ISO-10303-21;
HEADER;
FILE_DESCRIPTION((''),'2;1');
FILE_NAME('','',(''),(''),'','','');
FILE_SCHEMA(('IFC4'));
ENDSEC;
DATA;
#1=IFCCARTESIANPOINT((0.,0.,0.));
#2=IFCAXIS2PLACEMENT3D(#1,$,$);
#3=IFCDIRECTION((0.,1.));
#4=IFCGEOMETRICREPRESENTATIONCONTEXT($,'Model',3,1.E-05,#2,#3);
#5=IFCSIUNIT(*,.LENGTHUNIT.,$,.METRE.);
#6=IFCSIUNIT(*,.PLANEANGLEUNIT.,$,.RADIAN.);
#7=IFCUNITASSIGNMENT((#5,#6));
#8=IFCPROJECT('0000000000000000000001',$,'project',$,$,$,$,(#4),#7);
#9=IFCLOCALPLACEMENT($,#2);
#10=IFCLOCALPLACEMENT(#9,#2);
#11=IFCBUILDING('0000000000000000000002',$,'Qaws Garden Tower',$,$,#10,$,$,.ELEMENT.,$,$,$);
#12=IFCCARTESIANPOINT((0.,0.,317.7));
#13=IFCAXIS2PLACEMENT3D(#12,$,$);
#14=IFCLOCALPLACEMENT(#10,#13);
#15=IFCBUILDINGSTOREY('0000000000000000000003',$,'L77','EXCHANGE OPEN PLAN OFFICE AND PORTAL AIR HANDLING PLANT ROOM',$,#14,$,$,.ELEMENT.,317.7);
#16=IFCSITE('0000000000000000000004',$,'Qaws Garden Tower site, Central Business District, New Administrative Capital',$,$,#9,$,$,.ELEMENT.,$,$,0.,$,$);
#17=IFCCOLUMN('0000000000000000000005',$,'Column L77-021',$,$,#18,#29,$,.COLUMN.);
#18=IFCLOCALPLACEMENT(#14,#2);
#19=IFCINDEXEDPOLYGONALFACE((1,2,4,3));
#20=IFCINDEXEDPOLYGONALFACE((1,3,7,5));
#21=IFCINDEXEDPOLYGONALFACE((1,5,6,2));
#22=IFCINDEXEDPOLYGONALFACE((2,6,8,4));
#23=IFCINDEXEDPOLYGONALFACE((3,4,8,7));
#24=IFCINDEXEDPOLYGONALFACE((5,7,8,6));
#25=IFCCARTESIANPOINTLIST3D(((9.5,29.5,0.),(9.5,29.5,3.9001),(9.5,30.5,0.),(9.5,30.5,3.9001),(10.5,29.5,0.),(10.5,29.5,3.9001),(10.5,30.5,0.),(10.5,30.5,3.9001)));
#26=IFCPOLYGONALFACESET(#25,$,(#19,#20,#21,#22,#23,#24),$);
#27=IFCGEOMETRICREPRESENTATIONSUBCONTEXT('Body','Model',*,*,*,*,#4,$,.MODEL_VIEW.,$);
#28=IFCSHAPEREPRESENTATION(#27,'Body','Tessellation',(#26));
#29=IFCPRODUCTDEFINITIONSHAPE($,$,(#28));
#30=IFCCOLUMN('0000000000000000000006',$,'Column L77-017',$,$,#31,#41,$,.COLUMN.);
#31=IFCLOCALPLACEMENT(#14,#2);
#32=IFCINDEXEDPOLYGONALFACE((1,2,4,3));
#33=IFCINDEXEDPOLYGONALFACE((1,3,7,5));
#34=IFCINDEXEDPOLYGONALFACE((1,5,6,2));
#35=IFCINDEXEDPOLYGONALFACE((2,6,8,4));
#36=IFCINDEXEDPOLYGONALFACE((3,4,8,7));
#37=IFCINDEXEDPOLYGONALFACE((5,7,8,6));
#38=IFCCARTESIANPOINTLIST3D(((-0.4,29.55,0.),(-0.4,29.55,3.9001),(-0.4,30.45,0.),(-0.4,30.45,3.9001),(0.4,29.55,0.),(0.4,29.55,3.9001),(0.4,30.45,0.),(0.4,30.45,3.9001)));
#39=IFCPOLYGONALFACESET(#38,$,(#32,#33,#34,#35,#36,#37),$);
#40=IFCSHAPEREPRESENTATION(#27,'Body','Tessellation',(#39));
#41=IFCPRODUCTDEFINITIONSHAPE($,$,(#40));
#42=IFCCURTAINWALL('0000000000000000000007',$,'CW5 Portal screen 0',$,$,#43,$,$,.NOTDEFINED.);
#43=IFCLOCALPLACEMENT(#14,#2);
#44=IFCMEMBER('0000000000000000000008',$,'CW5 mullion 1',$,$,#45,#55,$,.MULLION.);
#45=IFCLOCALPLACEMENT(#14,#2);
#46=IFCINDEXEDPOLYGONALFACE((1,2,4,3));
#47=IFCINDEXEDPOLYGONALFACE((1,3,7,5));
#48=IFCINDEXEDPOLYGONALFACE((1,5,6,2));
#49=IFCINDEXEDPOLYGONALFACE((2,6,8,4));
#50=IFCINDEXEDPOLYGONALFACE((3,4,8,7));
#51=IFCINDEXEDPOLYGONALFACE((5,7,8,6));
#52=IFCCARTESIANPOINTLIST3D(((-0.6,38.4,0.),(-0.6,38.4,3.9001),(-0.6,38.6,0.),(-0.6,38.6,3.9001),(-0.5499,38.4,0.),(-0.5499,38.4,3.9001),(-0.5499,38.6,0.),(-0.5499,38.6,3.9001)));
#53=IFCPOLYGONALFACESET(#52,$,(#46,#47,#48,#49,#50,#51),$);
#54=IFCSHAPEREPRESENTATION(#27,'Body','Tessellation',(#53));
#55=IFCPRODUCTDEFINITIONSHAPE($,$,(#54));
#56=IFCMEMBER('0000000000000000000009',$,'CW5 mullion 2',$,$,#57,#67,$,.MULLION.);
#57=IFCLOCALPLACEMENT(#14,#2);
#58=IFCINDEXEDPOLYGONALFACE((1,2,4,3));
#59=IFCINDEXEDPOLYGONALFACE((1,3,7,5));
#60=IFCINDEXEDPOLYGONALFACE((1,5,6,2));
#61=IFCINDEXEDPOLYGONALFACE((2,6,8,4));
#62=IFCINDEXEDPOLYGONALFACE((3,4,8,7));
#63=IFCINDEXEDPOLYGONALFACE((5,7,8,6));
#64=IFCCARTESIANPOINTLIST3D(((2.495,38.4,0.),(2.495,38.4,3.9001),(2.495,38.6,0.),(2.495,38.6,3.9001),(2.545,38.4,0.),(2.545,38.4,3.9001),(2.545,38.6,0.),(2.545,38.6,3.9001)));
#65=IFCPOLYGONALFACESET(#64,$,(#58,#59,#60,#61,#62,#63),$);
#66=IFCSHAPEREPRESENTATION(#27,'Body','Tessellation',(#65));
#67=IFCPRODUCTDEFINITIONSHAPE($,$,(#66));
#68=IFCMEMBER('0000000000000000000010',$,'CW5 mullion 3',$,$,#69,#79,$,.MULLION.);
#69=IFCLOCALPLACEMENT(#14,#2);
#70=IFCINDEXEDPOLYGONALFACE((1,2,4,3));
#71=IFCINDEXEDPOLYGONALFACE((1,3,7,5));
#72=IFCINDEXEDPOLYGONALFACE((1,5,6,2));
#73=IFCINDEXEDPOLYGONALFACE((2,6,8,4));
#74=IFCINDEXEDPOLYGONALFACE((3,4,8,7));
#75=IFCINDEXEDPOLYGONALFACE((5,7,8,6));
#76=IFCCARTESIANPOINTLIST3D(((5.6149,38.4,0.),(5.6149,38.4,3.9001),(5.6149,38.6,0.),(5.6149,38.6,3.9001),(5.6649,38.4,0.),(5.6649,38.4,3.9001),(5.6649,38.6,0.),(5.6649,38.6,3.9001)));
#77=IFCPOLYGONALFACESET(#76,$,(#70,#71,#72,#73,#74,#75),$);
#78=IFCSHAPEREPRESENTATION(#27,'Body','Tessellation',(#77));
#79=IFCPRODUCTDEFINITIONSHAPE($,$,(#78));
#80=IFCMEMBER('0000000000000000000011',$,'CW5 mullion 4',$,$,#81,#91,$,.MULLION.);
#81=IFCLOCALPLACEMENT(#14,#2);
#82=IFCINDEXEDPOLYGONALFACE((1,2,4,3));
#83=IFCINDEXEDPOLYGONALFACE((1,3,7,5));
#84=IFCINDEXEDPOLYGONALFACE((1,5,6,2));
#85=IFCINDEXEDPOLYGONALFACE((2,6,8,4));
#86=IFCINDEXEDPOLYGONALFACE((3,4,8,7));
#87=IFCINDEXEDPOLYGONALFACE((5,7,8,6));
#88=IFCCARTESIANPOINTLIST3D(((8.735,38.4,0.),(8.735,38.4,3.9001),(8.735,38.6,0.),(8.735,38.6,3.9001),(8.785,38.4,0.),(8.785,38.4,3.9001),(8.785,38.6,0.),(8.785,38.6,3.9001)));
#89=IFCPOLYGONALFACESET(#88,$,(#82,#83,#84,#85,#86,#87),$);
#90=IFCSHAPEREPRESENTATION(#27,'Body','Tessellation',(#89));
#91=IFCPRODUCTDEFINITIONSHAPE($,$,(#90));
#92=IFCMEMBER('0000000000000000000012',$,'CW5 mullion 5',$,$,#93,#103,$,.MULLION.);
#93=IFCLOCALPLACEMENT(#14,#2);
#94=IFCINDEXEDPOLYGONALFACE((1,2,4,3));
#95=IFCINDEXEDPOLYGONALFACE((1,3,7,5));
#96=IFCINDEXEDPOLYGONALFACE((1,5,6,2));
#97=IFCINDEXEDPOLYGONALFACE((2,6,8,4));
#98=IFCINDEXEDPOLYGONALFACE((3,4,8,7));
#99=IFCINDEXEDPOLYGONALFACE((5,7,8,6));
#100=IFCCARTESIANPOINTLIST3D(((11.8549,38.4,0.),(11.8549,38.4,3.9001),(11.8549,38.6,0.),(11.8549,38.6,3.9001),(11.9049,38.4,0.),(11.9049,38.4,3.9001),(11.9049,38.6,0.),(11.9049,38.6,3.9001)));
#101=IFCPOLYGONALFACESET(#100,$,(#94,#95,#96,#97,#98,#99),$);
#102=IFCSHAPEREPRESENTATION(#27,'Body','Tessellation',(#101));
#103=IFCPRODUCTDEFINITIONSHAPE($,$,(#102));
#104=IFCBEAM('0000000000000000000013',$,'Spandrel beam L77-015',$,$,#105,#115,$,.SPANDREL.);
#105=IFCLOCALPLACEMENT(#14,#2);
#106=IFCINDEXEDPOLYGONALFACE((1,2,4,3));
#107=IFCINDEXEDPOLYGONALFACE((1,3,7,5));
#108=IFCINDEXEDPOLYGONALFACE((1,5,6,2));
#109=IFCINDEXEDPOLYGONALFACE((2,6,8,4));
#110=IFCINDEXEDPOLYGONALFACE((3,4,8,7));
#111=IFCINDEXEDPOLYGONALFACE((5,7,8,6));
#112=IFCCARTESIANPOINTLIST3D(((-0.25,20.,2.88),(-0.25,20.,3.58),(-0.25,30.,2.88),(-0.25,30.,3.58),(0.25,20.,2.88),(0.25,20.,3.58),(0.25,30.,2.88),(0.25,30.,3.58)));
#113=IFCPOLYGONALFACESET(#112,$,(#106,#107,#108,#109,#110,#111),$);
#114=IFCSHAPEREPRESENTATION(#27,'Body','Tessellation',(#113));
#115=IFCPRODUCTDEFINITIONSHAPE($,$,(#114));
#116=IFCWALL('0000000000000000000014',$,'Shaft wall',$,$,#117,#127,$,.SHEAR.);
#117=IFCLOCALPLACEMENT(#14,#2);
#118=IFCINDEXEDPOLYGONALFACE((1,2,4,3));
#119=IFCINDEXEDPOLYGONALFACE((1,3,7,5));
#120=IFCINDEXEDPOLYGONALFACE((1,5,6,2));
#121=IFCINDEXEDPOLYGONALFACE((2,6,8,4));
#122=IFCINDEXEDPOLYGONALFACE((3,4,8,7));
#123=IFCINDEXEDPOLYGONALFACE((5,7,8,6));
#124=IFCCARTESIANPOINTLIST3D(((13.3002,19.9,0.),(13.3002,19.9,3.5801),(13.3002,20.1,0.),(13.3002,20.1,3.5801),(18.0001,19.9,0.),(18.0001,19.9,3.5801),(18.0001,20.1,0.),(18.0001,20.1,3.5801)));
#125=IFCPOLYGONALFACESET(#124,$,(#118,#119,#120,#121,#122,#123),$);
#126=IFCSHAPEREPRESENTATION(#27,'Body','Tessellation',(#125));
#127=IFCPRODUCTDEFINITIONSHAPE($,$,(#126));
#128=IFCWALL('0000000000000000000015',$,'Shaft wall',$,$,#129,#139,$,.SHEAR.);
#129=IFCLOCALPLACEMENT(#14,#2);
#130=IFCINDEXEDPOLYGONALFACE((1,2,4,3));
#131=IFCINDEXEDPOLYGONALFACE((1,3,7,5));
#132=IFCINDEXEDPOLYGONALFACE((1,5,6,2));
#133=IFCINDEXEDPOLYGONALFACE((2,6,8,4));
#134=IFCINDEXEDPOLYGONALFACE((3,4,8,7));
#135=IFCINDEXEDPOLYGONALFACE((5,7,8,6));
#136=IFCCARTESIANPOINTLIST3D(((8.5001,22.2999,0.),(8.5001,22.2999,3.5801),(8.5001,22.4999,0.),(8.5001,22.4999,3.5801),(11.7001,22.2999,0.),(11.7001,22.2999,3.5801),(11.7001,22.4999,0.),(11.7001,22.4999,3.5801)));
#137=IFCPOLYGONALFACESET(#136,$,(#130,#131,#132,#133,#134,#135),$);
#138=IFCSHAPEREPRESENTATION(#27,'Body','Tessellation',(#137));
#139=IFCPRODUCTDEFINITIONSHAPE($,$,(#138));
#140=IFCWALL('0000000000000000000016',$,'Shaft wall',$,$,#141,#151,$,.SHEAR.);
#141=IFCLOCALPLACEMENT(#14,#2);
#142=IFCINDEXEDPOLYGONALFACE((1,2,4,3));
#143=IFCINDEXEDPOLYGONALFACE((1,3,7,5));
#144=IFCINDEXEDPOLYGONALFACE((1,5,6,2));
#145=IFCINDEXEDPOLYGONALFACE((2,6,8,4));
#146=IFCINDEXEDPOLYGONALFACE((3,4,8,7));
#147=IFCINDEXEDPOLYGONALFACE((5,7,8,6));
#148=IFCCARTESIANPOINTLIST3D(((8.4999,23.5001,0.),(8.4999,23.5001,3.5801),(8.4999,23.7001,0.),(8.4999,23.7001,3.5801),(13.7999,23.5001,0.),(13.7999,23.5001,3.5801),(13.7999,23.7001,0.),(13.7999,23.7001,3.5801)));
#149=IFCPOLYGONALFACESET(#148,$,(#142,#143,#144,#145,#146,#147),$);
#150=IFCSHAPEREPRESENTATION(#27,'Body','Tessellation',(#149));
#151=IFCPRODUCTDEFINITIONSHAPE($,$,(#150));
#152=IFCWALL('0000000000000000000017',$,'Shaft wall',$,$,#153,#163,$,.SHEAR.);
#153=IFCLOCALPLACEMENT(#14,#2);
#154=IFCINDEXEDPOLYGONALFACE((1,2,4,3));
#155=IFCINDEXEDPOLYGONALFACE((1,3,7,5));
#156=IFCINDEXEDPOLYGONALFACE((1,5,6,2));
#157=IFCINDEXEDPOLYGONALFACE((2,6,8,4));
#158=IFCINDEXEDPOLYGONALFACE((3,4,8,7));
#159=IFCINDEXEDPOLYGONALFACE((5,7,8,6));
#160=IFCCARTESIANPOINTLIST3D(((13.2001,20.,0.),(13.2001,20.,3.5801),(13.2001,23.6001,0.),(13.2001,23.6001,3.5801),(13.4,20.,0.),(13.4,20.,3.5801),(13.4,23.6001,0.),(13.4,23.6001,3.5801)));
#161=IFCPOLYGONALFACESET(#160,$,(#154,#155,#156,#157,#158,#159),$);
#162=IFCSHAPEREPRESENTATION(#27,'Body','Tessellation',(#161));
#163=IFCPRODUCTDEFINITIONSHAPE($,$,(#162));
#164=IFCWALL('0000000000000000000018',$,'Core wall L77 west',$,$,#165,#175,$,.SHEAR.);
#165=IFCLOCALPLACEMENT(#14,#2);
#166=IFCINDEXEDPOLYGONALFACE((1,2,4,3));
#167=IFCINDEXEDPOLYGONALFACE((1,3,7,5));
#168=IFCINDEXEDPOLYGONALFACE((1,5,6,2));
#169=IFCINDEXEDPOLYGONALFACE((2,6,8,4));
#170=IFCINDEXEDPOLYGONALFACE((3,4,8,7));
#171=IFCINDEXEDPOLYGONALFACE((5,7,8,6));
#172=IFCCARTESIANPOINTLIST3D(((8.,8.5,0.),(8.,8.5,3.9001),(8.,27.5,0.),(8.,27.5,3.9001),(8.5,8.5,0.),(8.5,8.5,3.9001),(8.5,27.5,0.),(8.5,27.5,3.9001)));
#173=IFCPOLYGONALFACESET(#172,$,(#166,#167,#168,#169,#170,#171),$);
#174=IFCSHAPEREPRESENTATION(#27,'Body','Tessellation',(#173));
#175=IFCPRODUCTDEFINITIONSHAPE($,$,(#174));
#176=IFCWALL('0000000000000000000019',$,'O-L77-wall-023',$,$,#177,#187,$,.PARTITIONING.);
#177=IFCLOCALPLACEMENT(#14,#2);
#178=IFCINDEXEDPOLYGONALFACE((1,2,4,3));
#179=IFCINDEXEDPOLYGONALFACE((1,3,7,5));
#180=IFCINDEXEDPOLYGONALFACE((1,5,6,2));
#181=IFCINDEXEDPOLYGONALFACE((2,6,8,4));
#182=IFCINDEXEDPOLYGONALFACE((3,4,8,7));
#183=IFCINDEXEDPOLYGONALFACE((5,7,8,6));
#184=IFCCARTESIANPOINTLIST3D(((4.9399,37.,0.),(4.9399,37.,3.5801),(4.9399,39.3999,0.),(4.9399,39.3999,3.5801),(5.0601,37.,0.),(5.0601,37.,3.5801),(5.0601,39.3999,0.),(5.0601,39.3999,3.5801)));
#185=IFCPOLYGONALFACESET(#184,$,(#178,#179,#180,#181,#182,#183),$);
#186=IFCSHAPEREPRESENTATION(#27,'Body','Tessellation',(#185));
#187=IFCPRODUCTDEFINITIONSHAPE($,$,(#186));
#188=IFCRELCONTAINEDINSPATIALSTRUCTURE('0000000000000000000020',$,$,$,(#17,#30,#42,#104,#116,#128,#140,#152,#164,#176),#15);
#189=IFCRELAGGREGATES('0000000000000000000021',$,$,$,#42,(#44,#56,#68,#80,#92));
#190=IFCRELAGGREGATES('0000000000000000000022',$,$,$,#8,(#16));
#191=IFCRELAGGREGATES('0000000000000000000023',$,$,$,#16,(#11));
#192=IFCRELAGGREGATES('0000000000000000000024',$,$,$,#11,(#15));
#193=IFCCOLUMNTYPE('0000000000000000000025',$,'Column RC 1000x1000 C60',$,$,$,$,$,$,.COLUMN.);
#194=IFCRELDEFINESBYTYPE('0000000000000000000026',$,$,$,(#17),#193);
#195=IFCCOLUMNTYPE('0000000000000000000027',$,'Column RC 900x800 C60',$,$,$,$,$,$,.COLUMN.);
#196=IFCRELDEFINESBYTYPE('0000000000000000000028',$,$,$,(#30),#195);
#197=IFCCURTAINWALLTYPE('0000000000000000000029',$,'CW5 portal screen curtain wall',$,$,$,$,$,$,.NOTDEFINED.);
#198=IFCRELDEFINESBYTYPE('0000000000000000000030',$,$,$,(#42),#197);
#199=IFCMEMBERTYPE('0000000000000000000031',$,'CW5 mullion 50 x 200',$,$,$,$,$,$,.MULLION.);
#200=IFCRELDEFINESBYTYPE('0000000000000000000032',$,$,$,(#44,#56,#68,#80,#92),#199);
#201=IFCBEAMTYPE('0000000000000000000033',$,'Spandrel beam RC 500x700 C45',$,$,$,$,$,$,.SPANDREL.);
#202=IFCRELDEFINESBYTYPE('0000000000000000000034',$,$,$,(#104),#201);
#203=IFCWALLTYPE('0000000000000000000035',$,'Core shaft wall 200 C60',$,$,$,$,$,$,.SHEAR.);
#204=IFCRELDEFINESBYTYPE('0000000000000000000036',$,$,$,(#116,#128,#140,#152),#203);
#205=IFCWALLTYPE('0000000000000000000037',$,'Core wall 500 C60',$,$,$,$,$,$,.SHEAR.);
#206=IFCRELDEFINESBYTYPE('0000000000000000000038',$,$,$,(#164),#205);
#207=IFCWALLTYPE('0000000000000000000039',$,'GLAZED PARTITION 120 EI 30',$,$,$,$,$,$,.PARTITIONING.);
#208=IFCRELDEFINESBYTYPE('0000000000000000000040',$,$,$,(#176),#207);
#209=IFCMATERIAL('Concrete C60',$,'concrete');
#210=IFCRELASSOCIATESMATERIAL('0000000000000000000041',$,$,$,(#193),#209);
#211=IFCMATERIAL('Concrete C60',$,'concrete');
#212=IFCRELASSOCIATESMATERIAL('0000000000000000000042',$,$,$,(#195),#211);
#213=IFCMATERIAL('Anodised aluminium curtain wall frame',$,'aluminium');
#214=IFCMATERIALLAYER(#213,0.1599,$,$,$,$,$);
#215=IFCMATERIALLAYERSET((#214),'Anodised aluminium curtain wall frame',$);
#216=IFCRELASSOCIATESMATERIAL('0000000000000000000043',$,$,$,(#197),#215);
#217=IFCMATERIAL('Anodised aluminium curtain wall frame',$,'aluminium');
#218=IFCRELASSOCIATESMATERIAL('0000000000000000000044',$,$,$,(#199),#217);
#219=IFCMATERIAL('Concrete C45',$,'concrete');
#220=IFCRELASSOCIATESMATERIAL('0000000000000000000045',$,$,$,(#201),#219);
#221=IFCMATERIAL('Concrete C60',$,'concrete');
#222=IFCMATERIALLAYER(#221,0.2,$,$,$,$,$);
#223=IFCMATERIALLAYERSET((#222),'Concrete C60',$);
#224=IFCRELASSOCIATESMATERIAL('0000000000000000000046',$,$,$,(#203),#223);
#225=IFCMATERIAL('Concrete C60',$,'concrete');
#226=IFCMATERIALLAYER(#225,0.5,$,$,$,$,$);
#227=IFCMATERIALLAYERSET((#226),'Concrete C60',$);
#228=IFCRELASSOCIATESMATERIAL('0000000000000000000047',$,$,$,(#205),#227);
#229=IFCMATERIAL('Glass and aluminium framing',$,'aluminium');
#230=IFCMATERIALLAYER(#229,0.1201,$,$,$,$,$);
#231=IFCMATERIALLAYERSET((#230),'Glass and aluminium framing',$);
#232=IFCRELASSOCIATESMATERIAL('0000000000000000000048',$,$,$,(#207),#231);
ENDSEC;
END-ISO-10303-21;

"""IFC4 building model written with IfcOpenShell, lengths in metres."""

from ifc_helpers import new_model, si_unit, direction, frame, frame_2d, origin, origin_2d, place, context, subcontext, project, spatial, rectangle, extrude, material, layer, layer_set, material_profile, profile_set, type_object, element, aggregate, save


model = new_model("IFC4")

# Units and contexts
model_context = context("Model", 3, precision=1e-05, world=origin(), true_north=direction((0.0, 1.0)))
body_context = subcontext(model_context, "Body", "Model", "MODEL_VIEW")
ifc_project = project(units=[si_unit("LENGTHUNIT", "METRE"), si_unit("PLANEANGLEUNIT", "RADIAN")], contexts=[model_context])

# Site, building, storey
site_placement = place(None, origin())
site = spatial("IfcSite", under=ifc_project, at=site_placement, Name="Qaws Garden Tower site, Central Business District, New Administrative Capital", CompositionType="ELEMENT", RefElevation=0.0)
building_placement = place(site_placement, origin())
building = spatial("IfcBuilding", under=site, at=building_placement, Name="Qaws Garden Tower", CompositionType="ELEMENT")
storey_placement = place(building_placement, frame((0.0, 0.0, 317.7)))
storey = spatial("IfcBuildingStorey", under=building, at=storey_placement, Name="L77", Description="EXCHANGE OPEN PLAN OFFICE AND PORTAL AIR HANDLING PLANT ROOM", CompositionType="ELEMENT", Elevation=317.7)

# Columns
ifc_material_1 = material(Name="Concrete C60", Category="concrete")
ifc_material_profile_1 = material_profile(ifc_material_1, rectangle(XDim=1.0, YDim=1.0, at=origin_2d()), Name="RC 1000x1000")
ifc_profile_set_1 = profile_set([ifc_material_profile_1], Name="Concrete C60")
column_type_1 = type_object("IfcColumnType", Name="Column RC 1000x1000 C60", PredefinedType="COLUMN", material=ifc_profile_set_1)
column_1_placement = place(storey_placement, frame((10.0, 30.0, 0.0), z_axis=(0.0, 0.0, 1.0), x_axis=(1.0, 0.0, 0.0)))
element("IfcColumn", 1, at=column_1_placement, inside=storey, type_object=column_type_1, Name="Column L77-021", PredefinedType="COLUMN", context=body_context, shape_type="SweptSolid", body=[
    extrude(rectangle(XDim=1.0, YDim=1.0, at=origin_2d()), origin(), (0.0, 0.0, 1.0), 3.9001),
])
ifc_material_2 = material(Name="Concrete C60", Category="concrete")
ifc_material_profile_2 = material_profile(ifc_material_2, rectangle(XDim=0.8999, YDim=0.8, at=origin_2d()), Name="RC 900x800")
ifc_profile_set_2 = profile_set([ifc_material_profile_2], Name="Concrete C60")
column_type_2 = type_object("IfcColumnType", Name="Column RC 900x800 C60", PredefinedType="COLUMN", material=ifc_profile_set_2)
column_2_placement = place(storey_placement, frame((0.0, 30.0, 0.0), z_axis=(0.0, 0.0, 1.0), x_axis=(0.0, 1.0, 0.0)))
element("IfcColumn", 2, at=column_2_placement, inside=storey, type_object=column_type_2, Name="Column L77-017", PredefinedType="COLUMN", context=body_context, shape_type="SweptSolid", body=[
    extrude(rectangle(XDim=0.8999, YDim=0.8, at=origin_2d()), origin(), (0.0, 0.0, 1.0), 3.9001),
])

# Curtain wall, members
ifc_material_3 = material(Name="Anodised aluminium curtain wall frame", Category="aluminium")
ifc_layer_1 = layer(ifc_material_3, 0.1599)
ifc_layer_set_1 = layer_set([ifc_layer_1], Name="Anodised aluminium curtain wall frame")
curtain_wall_type = type_object("IfcCurtainWallType", Name="CW5 portal screen curtain wall", PredefinedType="NOTDEFINED", material=ifc_layer_set_1)
placement = place(storey_placement, origin())
curtain_wall = element("IfcCurtainWall", 3, at=placement, inside=storey, type_object=curtain_wall_type, Name="CW5 Portal screen 0", PredefinedType="NOTDEFINED")
ifc_material_4 = material(Name="Anodised aluminium curtain wall frame", Category="aluminium")
ifc_material_profile_3 = material_profile(ifc_material_4, rectangle(XDim=0.2, YDim=0.05, at=origin_2d()), Name="AL 50x200")
ifc_profile_set_3 = profile_set([ifc_material_profile_3], Name="Anodised aluminium curtain wall frame")
member_type = type_object("IfcMemberType", Name="CW5 mullion 50 x 200", PredefinedType="MULLION", material=ifc_profile_set_3)
member_1_placement = place(storey_placement, frame((-0.575, 38.5, 0.0), z_axis=(0.0, 0.0, 1.0), x_axis=(0.0, 1.0, 0.0)))
member_1 = element("IfcMember", 4, at=member_1_placement, type_object=member_type, Name="CW5 mullion 1", PredefinedType="MULLION", context=body_context, shape_type="SweptSolid", body=[
    extrude(rectangle(XDim=0.2, YDim=0.05, at=origin_2d()), origin(), (0.0, 0.0, 1.0), 3.9001),
])
member_2_placement = place(storey_placement, frame((2.52, 38.5, 0.0), z_axis=(0.0, 0.0, 1.0), x_axis=(0.0, 1.0, 0.0)))
member_2 = element("IfcMember", 5, at=member_2_placement, type_object=member_type, Name="CW5 mullion 2", PredefinedType="MULLION", context=body_context, shape_type="SweptSolid", body=[
    extrude(rectangle(XDim=0.2, YDim=0.05, at=origin_2d()), origin(), (0.0, 0.0, 1.0), 3.9001),
])
member_3_placement = place(storey_placement, frame((5.6399, 38.5, 0.0), z_axis=(0.0, 0.0, 1.0), x_axis=(0.0, 1.0, 0.0)))
member_3 = element("IfcMember", 6, at=member_3_placement, type_object=member_type, Name="CW5 mullion 3", PredefinedType="MULLION", context=body_context, shape_type="SweptSolid", body=[
    extrude(rectangle(XDim=0.2, YDim=0.05, at=origin_2d()), origin(), (0.0, 0.0, 1.0), 3.9001),
])
member_4_placement = place(storey_placement, frame((8.76, 38.5, 0.0), z_axis=(0.0, 0.0, 1.0), x_axis=(0.0, 1.0, 0.0)))
member_4 = element("IfcMember", 7, at=member_4_placement, type_object=member_type, Name="CW5 mullion 4", PredefinedType="MULLION", context=body_context, shape_type="SweptSolid", body=[
    extrude(rectangle(XDim=0.2, YDim=0.05, at=origin_2d()), origin(), (0.0, 0.0, 1.0), 3.9001),
])
member_5_placement = place(storey_placement, frame((11.8799, 38.5, 0.0), z_axis=(0.0, 0.0, 1.0), x_axis=(0.0, 1.0, 0.0)))
member_5 = element("IfcMember", 8, at=member_5_placement, type_object=member_type, Name="CW5 mullion 5", PredefinedType="MULLION", context=body_context, shape_type="SweptSolid", body=[
    extrude(rectangle(XDim=0.2, YDim=0.05, at=origin_2d()), origin(), (0.0, 0.0, 1.0), 3.9001),
])
aggregate(curtain_wall, [member_1, member_2, member_3, member_4, member_5])

# Beam
ifc_material_5 = material(Name="Concrete C45", Category="concrete")
ifc_material_profile_4 = material_profile(ifc_material_5, rectangle(XDim=0.5, YDim=0.7, at=origin_2d()), Name="RC 500x700")
ifc_profile_set_4 = profile_set([ifc_material_profile_4], Name="Concrete C45")
beam_type = type_object("IfcBeamType", Name="Spandrel beam RC 500x700 C45", PredefinedType="SPANDREL", material=ifc_profile_set_4)
beam_placement = place(storey_placement, frame((0.0, 30.0, 3.23), z_axis=(0.0, -1.0, 0.0), x_axis=(1.0, 0.0, 0.0)))
element("IfcBeam", 9, at=beam_placement, inside=storey, type_object=beam_type, Name="Spandrel beam L77-015", PredefinedType="SPANDREL", context=body_context, shape_type="SweptSolid", body=[
    extrude(rectangle(XDim=0.5, YDim=0.7, at=origin_2d()), origin(), (0.0, 0.0, 1.0), 10.0),
])

# Walls
ifc_material_6 = material(Name="Concrete C60", Category="concrete")
ifc_layer_2 = layer(ifc_material_6, 0.2)
ifc_layer_set_2 = layer_set([ifc_layer_2], Name="Concrete C60")
wall_type_1 = type_object("IfcWallType", Name="Core shaft wall 200 C60", PredefinedType="SHEAR", material=ifc_layer_set_2)
wall_1_placement = place(storey_placement, frame((13.3, 20.0, 0.0), z_axis=(0.0, 0.0, 1.0), x_axis=(1.0, 0.0, 0.0)))
element("IfcWall", 10, at=wall_1_placement, inside=storey, type_object=wall_type_1, Name="Shaft wall", PredefinedType="SHEAR", context=body_context, shape_type="SweptSolid", body=[
    extrude(rectangle(XDim=4.7, YDim=0.2, at=frame_2d((2.3501, 0.0))), origin(), (0.0, 0.0, 1.0), 3.5801),
])
wall_2_placement = place(storey_placement, frame((8.5, 22.3999, 0.0), z_axis=(0.0, 0.0, 1.0), x_axis=(1.0, 0.0, 0.0)))
element("IfcWall", 11, at=wall_2_placement, inside=storey, type_object=wall_type_1, Name="Shaft wall", PredefinedType="SHEAR", context=body_context, shape_type="SweptSolid", body=[
    extrude(rectangle(XDim=3.2, YDim=0.2, at=frame_2d((1.6001, 0.0))), origin(), (0.0, 0.0, 1.0), 3.5801),
])
wall_3_placement = place(storey_placement, frame((8.5, 23.6001, 0.0), z_axis=(0.0, 0.0, 1.0), x_axis=(1.0, 0.0, 0.0)))
element("IfcWall", 12, at=wall_3_placement, inside=storey, type_object=wall_type_1, Name="Shaft wall", PredefinedType="SHEAR", context=body_context, shape_type="SweptSolid", body=[
    extrude(rectangle(XDim=5.3, YDim=0.2, at=frame_2d((2.6499, 0.0))), origin(), (0.0, 0.0, 1.0), 3.5801),
])
wall_4_placement = place(storey_placement, frame((13.3, 20.0, 0.0), z_axis=(0.0, 0.0, 1.0), x_axis=(0.0, 1.0, 0.0)))
element("IfcWall", 13, at=wall_4_placement, inside=storey, type_object=wall_type_1, Name="Shaft wall", PredefinedType="SHEAR", context=body_context, shape_type="SweptSolid", body=[
    extrude(rectangle(XDim=3.6001, YDim=0.2, at=frame_2d((1.8, 0.0))), origin(), (0.0, 0.0, 1.0), 3.5801),
])
ifc_material_7 = material(Name="Concrete C60", Category="concrete")
ifc_layer_3 = layer(ifc_material_7, 0.5)
ifc_layer_set_3 = layer_set([ifc_layer_3], Name="Concrete C60")
wall_type_2 = type_object("IfcWallType", Name="Core wall 500 C60", PredefinedType="SHEAR", material=ifc_layer_set_3)
wall_5_placement = place(storey_placement, frame((8.25, 27.5, 0.0), z_axis=(0.0, 0.0, 1.0), x_axis=(0.0, -1.0, 0.0)))
element("IfcWall", 14, at=wall_5_placement, inside=storey, type_object=wall_type_2, Name="Core wall L77 west", PredefinedType="SHEAR", context=body_context, shape_type="SweptSolid", body=[
    extrude(rectangle(XDim=19.0, YDim=0.5, at=frame_2d((9.5, 0.0))), origin(), (0.0, 0.0, 1.0), 3.9001),
])
ifc_material_8 = material(Name="Glass and aluminium framing", Category="aluminium")
ifc_layer_4 = layer(ifc_material_8, 0.1201)
ifc_layer_set_4 = layer_set([ifc_layer_4], Name="Glass and aluminium framing")
wall_type_3 = type_object("IfcWallType", Name="GLAZED PARTITION 120 EI 30", PredefinedType="PARTITIONING", material=ifc_layer_set_4)
wall_6_placement = place(storey_placement, frame((5.0, 37.0, 0.0), z_axis=(0.0, 0.0, 1.0), x_axis=(0.0, 1.0, 0.0)))
element("IfcWall", 15, at=wall_6_placement, inside=storey, type_object=wall_type_3, Name="O-L77-wall-023", PredefinedType="PARTITIONING", context=body_context, shape_type="SweptSolid", body=[
    extrude(rectangle(XDim=2.3999, YDim=0.1201, at=frame_2d((1.2, 0.0))), origin(), (0.0, 0.0, 1.0), 3.5801),
])

save(model, "model.ifc")
